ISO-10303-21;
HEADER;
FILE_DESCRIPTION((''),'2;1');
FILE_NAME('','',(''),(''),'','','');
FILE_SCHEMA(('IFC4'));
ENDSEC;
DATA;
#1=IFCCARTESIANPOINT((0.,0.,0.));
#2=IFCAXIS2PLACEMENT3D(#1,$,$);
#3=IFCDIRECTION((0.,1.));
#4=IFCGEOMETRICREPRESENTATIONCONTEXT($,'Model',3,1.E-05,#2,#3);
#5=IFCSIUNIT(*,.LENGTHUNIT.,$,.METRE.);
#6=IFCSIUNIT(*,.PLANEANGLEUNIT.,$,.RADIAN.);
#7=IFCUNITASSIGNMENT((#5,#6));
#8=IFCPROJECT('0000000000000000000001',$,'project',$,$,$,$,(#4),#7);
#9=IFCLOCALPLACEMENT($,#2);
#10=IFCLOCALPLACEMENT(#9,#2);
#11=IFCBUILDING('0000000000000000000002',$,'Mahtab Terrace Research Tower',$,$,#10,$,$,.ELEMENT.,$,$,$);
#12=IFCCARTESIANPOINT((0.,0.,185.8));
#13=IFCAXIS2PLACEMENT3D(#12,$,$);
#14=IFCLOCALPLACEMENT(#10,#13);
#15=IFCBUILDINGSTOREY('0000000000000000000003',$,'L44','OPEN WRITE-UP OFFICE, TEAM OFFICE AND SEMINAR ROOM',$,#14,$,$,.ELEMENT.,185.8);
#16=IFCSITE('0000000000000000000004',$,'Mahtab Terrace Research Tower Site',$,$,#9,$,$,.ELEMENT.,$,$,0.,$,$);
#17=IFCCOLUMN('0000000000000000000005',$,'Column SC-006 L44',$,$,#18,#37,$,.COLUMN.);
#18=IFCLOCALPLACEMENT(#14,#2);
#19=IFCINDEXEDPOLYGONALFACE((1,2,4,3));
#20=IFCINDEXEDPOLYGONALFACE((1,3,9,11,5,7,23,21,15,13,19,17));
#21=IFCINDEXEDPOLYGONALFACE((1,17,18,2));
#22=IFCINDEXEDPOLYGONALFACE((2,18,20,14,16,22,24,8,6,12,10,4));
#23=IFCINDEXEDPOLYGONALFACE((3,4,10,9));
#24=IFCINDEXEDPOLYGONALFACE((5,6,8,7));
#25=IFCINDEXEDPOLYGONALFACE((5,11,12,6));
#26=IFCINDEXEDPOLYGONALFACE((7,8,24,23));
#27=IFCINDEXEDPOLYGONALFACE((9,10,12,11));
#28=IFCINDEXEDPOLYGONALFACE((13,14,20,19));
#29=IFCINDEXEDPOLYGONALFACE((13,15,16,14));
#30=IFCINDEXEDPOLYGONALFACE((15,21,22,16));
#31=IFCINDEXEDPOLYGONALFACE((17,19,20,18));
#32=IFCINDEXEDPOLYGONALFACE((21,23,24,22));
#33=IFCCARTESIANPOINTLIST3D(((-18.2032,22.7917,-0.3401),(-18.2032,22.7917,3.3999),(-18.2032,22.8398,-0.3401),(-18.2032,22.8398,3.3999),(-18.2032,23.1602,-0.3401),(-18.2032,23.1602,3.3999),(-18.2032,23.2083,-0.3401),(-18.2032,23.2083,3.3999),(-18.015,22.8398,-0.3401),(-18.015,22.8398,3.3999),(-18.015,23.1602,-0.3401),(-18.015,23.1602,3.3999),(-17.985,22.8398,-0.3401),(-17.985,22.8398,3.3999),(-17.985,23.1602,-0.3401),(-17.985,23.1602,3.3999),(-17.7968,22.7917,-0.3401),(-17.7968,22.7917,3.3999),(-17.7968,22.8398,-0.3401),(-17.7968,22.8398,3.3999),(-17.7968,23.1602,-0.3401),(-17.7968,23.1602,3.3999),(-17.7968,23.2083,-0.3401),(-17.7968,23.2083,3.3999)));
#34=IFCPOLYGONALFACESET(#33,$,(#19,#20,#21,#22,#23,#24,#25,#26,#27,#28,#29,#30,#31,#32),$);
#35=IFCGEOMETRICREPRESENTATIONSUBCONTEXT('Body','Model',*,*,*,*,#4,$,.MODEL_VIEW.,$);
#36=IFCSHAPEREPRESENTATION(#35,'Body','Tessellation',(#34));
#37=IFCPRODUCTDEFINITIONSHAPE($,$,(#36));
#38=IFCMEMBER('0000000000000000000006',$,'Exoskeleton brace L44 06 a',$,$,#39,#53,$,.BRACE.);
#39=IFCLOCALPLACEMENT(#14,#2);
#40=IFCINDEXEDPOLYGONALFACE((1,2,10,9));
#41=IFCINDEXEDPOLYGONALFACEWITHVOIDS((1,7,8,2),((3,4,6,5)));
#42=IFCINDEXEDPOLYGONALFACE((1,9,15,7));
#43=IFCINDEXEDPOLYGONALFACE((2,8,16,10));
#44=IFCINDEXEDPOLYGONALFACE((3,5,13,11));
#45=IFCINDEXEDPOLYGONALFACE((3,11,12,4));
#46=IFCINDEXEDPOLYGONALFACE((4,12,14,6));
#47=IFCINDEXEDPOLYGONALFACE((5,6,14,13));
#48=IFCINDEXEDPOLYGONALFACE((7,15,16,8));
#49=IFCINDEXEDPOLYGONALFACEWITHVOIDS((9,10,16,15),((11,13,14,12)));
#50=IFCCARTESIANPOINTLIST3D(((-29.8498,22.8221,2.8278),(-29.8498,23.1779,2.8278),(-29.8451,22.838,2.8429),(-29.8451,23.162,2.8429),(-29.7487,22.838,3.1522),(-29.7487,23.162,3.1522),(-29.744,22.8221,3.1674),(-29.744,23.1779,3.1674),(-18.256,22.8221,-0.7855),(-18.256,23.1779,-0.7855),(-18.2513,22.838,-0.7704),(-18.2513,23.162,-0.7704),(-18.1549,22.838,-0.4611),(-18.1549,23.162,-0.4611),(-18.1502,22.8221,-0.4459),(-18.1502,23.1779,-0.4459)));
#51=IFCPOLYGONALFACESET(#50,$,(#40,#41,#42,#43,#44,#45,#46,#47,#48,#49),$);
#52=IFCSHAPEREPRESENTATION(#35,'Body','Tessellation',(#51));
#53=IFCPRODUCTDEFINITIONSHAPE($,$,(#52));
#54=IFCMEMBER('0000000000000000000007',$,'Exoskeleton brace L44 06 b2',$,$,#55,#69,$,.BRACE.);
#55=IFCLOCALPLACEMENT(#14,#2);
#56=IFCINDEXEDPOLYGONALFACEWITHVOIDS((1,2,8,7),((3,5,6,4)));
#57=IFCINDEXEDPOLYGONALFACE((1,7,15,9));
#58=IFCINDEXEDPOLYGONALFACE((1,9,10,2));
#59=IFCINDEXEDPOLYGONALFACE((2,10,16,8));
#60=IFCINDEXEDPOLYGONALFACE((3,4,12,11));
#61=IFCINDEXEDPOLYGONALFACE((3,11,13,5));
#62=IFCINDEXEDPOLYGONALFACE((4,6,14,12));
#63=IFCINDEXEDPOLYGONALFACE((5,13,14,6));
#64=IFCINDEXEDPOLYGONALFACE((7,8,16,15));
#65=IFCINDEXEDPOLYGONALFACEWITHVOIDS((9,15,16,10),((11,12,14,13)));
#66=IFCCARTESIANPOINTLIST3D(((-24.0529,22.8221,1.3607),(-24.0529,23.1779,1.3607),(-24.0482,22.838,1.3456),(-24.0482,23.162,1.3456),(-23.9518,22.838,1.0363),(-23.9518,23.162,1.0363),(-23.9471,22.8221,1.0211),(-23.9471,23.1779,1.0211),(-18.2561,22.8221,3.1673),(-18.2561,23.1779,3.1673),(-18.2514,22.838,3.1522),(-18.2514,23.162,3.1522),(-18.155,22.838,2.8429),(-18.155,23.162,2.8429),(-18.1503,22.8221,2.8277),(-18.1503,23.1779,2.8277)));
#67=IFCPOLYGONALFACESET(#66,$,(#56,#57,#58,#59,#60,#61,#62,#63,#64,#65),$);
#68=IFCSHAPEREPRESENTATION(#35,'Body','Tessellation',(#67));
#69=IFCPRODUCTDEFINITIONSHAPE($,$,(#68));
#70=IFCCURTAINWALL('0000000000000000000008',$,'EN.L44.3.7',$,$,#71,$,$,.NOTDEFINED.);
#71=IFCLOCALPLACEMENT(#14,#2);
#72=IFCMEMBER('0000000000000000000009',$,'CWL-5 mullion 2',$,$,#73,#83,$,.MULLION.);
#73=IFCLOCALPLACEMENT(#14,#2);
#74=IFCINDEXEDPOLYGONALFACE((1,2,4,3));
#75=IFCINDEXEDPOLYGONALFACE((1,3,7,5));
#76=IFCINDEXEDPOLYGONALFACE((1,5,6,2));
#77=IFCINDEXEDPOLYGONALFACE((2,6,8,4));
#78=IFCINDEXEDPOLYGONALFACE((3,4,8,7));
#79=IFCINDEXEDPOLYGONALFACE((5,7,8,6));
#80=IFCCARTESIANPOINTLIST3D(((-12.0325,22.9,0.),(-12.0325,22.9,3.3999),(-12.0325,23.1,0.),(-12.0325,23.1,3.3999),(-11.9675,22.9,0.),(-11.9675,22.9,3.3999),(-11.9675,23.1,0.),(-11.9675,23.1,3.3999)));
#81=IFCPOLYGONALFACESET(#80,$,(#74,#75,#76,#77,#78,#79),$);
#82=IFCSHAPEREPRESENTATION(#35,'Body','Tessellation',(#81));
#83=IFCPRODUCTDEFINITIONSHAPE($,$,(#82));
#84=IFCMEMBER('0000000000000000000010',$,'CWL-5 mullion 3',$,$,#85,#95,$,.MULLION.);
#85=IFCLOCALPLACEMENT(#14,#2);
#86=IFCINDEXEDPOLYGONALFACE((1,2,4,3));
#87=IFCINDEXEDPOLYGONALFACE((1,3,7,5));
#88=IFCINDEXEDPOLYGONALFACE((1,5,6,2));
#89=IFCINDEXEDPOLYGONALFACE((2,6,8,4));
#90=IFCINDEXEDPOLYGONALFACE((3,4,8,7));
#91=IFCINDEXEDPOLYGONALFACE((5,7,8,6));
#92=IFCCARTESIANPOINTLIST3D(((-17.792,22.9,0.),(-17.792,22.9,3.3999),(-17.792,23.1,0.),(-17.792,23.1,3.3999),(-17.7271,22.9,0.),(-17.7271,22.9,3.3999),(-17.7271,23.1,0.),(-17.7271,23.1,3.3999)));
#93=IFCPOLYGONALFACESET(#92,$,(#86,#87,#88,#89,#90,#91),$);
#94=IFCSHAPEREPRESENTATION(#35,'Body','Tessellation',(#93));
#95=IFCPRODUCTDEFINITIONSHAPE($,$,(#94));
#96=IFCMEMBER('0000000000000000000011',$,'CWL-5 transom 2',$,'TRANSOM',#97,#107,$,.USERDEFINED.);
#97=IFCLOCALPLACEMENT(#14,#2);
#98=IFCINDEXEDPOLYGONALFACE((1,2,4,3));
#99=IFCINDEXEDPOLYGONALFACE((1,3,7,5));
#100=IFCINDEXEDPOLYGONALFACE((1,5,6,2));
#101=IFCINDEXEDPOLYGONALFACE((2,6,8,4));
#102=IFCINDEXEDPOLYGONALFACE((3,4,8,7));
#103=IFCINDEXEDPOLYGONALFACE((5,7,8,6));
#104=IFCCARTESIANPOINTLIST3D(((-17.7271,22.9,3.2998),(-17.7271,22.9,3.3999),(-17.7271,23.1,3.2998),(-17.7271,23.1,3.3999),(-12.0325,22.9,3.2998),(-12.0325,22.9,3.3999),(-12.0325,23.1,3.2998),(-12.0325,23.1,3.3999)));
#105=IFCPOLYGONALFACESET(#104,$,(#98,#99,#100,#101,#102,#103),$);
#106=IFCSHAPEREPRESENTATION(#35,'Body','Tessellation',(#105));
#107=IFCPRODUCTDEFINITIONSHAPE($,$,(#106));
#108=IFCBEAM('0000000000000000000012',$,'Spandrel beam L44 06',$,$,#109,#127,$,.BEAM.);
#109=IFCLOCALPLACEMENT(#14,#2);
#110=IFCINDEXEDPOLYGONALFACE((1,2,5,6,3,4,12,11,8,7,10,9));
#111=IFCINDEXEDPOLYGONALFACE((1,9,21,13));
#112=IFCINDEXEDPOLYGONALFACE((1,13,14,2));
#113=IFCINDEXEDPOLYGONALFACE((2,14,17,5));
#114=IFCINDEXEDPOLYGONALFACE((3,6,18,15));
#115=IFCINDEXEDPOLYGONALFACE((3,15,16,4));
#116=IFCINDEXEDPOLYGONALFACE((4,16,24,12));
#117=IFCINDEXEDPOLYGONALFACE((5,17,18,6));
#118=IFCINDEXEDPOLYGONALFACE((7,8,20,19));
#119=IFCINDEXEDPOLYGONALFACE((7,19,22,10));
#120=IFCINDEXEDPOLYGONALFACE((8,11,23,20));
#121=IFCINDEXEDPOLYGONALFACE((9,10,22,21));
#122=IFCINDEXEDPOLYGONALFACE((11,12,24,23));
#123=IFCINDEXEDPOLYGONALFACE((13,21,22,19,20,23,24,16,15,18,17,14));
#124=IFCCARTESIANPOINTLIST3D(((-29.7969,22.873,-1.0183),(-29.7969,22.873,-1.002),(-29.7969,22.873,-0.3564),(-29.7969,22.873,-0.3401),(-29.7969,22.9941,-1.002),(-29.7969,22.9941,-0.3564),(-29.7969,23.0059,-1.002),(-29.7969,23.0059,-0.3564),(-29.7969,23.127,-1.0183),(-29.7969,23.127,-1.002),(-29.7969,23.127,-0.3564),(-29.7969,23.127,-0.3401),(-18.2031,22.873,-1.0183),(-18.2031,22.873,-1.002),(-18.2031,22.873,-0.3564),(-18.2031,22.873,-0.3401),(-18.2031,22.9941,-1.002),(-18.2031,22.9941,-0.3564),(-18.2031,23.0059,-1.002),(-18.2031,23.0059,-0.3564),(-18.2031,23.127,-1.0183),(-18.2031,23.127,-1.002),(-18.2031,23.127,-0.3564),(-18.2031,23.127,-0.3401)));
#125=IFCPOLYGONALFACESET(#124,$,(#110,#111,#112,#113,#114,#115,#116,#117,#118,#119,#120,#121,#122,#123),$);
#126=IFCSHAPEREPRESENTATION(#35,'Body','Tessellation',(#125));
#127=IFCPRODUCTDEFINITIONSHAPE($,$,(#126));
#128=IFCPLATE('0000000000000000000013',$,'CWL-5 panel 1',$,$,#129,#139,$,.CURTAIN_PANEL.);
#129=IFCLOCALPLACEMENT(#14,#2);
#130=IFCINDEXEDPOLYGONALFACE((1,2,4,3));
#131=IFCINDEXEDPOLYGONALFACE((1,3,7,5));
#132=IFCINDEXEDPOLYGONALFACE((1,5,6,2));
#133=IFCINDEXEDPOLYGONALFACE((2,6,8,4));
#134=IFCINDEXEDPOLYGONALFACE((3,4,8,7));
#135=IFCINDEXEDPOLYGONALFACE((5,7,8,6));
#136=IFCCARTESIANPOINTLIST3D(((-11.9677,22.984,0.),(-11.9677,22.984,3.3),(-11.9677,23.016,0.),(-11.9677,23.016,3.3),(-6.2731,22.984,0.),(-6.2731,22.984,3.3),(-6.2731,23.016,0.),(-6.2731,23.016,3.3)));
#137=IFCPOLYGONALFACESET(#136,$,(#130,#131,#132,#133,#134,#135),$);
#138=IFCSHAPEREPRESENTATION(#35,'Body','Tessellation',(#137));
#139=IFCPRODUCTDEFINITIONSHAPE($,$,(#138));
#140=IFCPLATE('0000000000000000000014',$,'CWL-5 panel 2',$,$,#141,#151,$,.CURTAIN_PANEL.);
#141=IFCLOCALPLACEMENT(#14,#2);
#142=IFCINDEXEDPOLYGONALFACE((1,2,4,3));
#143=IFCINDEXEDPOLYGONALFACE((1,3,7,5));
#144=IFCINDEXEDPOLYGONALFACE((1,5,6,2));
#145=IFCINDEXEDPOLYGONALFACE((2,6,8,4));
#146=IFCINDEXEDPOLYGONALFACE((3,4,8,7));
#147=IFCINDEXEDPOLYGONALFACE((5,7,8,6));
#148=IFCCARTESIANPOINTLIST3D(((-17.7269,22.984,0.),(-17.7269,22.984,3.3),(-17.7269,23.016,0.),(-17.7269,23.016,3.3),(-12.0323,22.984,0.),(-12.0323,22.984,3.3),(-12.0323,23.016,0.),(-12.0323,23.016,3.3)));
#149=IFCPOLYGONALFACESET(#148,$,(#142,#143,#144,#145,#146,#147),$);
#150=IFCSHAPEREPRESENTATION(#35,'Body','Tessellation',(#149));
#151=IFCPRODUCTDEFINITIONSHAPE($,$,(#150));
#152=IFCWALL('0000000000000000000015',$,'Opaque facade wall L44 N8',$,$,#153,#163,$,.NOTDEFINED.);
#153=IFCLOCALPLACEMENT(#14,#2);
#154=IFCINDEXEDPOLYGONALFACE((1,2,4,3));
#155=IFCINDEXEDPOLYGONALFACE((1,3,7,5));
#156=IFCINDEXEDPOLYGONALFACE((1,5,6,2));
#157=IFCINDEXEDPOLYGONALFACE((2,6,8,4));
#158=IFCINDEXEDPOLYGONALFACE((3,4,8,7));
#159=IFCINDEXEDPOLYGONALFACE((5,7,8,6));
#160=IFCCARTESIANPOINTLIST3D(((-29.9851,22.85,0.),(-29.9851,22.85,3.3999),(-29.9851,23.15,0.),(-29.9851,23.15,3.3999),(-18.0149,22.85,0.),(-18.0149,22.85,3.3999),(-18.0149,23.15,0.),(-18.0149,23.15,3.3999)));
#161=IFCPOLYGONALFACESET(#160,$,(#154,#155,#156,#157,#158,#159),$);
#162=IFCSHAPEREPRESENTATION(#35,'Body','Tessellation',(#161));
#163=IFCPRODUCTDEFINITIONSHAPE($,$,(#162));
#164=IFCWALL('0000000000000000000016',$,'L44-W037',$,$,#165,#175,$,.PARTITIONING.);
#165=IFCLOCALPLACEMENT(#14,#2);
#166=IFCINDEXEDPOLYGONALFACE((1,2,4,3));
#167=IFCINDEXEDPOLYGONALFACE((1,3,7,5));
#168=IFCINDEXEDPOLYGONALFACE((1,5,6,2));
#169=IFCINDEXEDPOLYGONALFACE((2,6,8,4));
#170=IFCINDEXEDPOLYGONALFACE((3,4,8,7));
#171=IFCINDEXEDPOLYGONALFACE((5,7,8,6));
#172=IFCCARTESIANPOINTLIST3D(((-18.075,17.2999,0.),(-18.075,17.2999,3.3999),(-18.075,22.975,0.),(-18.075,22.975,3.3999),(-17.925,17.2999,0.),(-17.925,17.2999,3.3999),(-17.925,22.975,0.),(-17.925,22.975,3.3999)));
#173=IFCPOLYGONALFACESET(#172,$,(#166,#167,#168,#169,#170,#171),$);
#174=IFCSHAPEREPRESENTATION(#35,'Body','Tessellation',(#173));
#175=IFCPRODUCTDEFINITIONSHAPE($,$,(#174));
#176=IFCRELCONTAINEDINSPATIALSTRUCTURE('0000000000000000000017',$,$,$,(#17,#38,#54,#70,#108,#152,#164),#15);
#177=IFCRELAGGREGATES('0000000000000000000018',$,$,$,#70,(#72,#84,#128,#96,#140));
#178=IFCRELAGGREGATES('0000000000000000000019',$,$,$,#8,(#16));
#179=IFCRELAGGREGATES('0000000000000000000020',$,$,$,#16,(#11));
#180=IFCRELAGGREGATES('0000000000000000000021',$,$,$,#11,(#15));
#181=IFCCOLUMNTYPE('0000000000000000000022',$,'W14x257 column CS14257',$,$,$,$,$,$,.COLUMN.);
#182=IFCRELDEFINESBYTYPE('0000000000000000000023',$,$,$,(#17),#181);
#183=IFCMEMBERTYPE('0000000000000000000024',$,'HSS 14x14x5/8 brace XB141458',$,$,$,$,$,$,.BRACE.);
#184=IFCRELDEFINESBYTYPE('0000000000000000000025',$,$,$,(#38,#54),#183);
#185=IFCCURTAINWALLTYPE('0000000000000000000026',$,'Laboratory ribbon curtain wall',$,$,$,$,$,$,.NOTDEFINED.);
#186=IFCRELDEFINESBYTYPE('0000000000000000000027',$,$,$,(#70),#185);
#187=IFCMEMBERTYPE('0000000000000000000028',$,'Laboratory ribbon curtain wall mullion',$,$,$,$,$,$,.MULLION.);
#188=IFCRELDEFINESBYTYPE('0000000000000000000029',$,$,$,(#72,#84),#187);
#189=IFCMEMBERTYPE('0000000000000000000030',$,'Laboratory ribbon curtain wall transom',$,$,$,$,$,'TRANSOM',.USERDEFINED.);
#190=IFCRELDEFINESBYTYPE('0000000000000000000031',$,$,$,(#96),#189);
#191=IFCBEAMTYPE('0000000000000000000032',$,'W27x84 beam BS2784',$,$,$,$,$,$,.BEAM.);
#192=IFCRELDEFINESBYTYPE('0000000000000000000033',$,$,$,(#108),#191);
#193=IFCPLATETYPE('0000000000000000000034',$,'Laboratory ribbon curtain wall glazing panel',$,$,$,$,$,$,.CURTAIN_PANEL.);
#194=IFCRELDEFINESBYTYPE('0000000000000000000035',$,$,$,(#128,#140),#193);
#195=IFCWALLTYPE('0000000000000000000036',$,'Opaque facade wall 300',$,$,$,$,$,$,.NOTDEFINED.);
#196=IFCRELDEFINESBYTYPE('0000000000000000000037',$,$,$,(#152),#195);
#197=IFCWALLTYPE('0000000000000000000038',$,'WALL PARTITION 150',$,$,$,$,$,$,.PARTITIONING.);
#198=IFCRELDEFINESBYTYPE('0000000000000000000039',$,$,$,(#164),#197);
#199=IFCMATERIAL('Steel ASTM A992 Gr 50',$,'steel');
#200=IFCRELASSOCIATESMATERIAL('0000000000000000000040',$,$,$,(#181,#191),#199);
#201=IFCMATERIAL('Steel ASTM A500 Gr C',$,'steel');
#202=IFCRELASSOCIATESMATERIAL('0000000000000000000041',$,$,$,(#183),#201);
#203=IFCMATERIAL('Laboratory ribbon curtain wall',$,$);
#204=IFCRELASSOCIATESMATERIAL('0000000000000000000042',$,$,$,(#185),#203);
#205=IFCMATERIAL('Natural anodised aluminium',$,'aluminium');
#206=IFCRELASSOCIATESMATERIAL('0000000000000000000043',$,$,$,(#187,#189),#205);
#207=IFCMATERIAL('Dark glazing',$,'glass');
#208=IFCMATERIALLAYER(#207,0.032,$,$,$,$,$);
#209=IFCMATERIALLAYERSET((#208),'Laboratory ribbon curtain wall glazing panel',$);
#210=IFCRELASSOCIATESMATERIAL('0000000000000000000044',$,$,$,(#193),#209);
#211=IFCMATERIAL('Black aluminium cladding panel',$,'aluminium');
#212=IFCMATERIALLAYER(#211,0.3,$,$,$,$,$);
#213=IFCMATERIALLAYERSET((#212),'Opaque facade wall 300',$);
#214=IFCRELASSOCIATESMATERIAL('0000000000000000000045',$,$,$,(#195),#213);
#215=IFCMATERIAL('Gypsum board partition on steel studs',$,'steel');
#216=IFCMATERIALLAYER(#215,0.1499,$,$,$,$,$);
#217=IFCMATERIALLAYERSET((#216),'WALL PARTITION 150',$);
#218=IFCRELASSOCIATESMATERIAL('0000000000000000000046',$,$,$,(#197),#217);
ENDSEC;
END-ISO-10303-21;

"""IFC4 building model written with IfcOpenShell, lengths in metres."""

from ifc_helpers import new_model, si_unit, direction, frame, frame_2d, origin, origin_2d, place, context, subcontext, project, spatial, rectangle, hollow_rectangle, i_section, extrude, material, layer, layer_set, material_profile, profile_set, type_object, element, aggregate, save


model = new_model("IFC4")

# Units and contexts
model_context = context("Model", 3, precision=1e-05, world=origin(), true_north=direction((0.0, 1.0)))
body_context = subcontext(model_context, "Body", "Model", "MODEL_VIEW")
ifc_project = project(units=[si_unit("LENGTHUNIT", "METRE"), si_unit("PLANEANGLEUNIT", "RADIAN")], contexts=[model_context])

# Site, building, storey
site_placement = place(None, origin())
site = spatial("IfcSite", under=ifc_project, at=site_placement, Name="Mahtab Terrace Research Tower Site", CompositionType="ELEMENT", RefElevation=0.0)
building_placement = place(site_placement, origin())
building = spatial("IfcBuilding", under=site, at=building_placement, Name="Mahtab Terrace Research Tower", CompositionType="ELEMENT")
storey_placement = place(building_placement, frame((0.0, 0.0, 185.8)))
storey = spatial("IfcBuildingStorey", under=building, at=storey_placement, Name="L44", Description="OPEN WRITE-UP OFFICE, TEAM OFFICE AND SEMINAR ROOM", CompositionType="ELEMENT", Elevation=185.8)

# Column
ifc_material_1 = material(Name="Steel ASTM A992 Gr 50", Category="steel")
ifc_material_profile_1 = material_profile(ifc_material_1, i_section(OverallWidth=0.4065, OverallDepth=0.4165, WebThickness=0.03, FlangeThickness=0.0481, at=origin_2d()), Name="W14X257")
ifc_profile_set_1 = profile_set([ifc_material_profile_1], Name="Steel ASTM A992 Gr 50")
column_type = type_object("IfcColumnType", Name="W14x257 column CS14257", PredefinedType="COLUMN", material=ifc_profile_set_1)
column_placement = place(storey_placement, frame((-18.0, 23.0, -0.3401), z_axis=(0.0, 0.0, 1.0), x_axis=(1.0, 0.0, 0.0)))
element("IfcColumn", 1, at=column_placement, inside=storey, type_object=column_type, Name="Column SC-006 L44", PredefinedType="COLUMN", context=body_context, shape_type="SweptSolid", body=[
    extrude(i_section(OverallWidth=0.4065, OverallDepth=0.4165, WebThickness=0.03, FlangeThickness=0.0481, at=origin_2d()), origin(), (0.0, 0.0, 1.0), 3.74),
])

# Members
ifc_material_2 = material(Name="Steel ASTM A500 Gr C", Category="steel")
ifc_material_profile_2 = material_profile(ifc_material_2, hollow_rectangle(XDim=0.3557, YDim=0.3557, WallThickness=0.0159, at=origin_2d()), Name="HSS14X14X5/8")
ifc_profile_set_2 = profile_set([ifc_material_profile_2], Name="Steel ASTM A500 Gr C")
member_type_1 = type_object("IfcMemberType", Name="HSS 14x14x5/8 brace XB141458", PredefinedType="BRACE", material=ifc_profile_set_2)
member_1_placement = place(storey_placement, frame((-18.2031, 23.0, -0.6157), z_axis=(-0.954709, 0.0, 0.297542), x_axis=(0.0, -1.0, 0.0)))
element("IfcMember", 2, at=member_1_placement, inside=storey, type_object=member_type_1, Name="Exoskeleton brace L44 06 a", PredefinedType="BRACE", context=body_context, shape_type="SweptSolid", body=[
    extrude(hollow_rectangle(XDim=0.3557, YDim=0.3557, WallThickness=0.0159, at=origin_2d()), origin(), (0.0, 0.0, 1.0), 12.1438),
])
member_2_placement = place(storey_placement, frame((-24.0, 23.0, 1.1909), z_axis=(0.954709, 0.0, 0.297542), x_axis=(0.0, 1.0, 0.0)))
element("IfcMember", 3, at=member_2_placement, inside=storey, type_object=member_type_1, Name="Exoskeleton brace L44 06 b2", PredefinedType="BRACE", context=body_context, shape_type="SweptSolid", body=[
    extrude(hollow_rectangle(XDim=0.3557, YDim=0.3557, WallThickness=0.0159, at=origin_2d()), origin(), (0.0, 0.0, 1.0), 6.0718),
])

# Curtain wall, members
ifc_material_3 = material(Name="Laboratory ribbon curtain wall")
curtain_wall_type = type_object("IfcCurtainWallType", Name="Laboratory ribbon curtain wall", PredefinedType="NOTDEFINED", material=ifc_material_3)
curtain_wall_placement = place(storey_placement, origin())
curtain_wall = element("IfcCurtainWall", 4, at=curtain_wall_placement, inside=storey, type_object=curtain_wall_type, Name="EN.L44.3.7", PredefinedType="NOTDEFINED")
ifc_material_4 = material(Name="Natural anodised aluminium", Category="aluminium")
ifc_material_profile_3 = material_profile(ifc_material_4, rectangle(XDim=0.2, YDim=0.0649, at=origin_2d()), Name="MULLION 65x200")
ifc_profile_set_3 = profile_set([ifc_material_profile_3], Name="Natural anodised aluminium")
member_type_2 = type_object("IfcMemberType", Name="Laboratory ribbon curtain wall mullion", PredefinedType="MULLION", material=ifc_profile_set_3)
member_3_placement = place(storey_placement, frame((-12.0, 23.0, 0.0), z_axis=(0.0, 0.0, 1.0), x_axis=(0.0, -1.0, 0.0)))
member_3 = element("IfcMember", 5, at=member_3_placement, type_object=member_type_2, Name="CWL-5 mullion 2", PredefinedType="MULLION", context=body_context, shape_type="SweptSolid", body=[
    extrude(rectangle(XDim=0.2, YDim=0.0649, at=origin_2d()), origin(), (0.0, 0.0, 1.0), 3.3999),
])
member_4_placement = place(storey_placement, frame((-17.7595, 23.0, 0.0), z_axis=(0.0, 0.0, 1.0), x_axis=(0.0, -1.0, 0.0)))
member_4 = element("IfcMember", 6, at=member_4_placement, type_object=member_type_2, Name="CWL-5 mullion 3", PredefinedType="MULLION", context=body_context, shape_type="SweptSolid", body=[
    extrude(rectangle(XDim=0.2, YDim=0.0649, at=origin_2d()), origin(), (0.0, 0.0, 1.0), 3.3999),
])
ifc_material_profile_4 = material_profile(ifc_material_4, rectangle(XDim=0.2, YDim=0.1001, at=origin_2d()), Name="TRANSOM 100x200")
ifc_profile_set_4 = profile_set([ifc_material_profile_4], Name="Natural anodised aluminium")
member_type_3 = type_object("IfcMemberType", Name="Laboratory ribbon curtain wall transom", ElementType="TRANSOM", PredefinedType="USERDEFINED", material=ifc_profile_set_4)
member_5_placement = place(storey_placement, frame((-12.0325, 23.0, 3.3499), z_axis=(-1.0, 0.0, 0.0), x_axis=(0.0, -1.0, 0.0)))
member_5 = element("IfcMember", 7, at=member_5_placement, type_object=member_type_3, Name="CWL-5 transom 2", ObjectType="TRANSOM", PredefinedType="USERDEFINED", context=body_context, shape_type="SweptSolid", body=[
    extrude(rectangle(XDim=0.2, YDim=0.1001, at=origin_2d()), origin(), (0.0, 0.0, 1.0), 5.6946),
])

# Beam
ifc_material_profile_5 = material_profile(ifc_material_1, i_section(OverallWidth=0.2539, OverallDepth=0.6782, WebThickness=0.0117, FlangeThickness=0.0164, at=origin_2d()), Name="W27X84")
ifc_profile_set_5 = profile_set([ifc_material_profile_5], Name="Steel ASTM A992 Gr 50")
beam_type = type_object("IfcBeamType", Name="W27x84 beam BS2784", PredefinedType="BEAM", material=ifc_profile_set_5)
beam_placement = place(storey_placement, frame((-18.2031, 23.0, -0.6792), z_axis=(-1.0, 0.0, 0.0), x_axis=(0.0, -1.0, 0.0)))
element("IfcBeam", 8, at=beam_placement, inside=storey, type_object=beam_type, Name="Spandrel beam L44 06", PredefinedType="BEAM", context=body_context, shape_type="SweptSolid", body=[
    extrude(i_section(OverallWidth=0.2539, OverallDepth=0.6782, WebThickness=0.0117, FlangeThickness=0.0164, at=origin_2d()), origin(), (0.0, 0.0, 1.0), 11.5938),
])

# Plates
ifc_material_5 = material(Name="Dark glazing", Category="glass")
ifc_layer_1 = layer(ifc_material_5, 0.032)
ifc_layer_set_1 = layer_set([ifc_layer_1], Name="Laboratory ribbon curtain wall glazing panel")
plate_type = type_object("IfcPlateType", Name="Laboratory ribbon curtain wall glazing panel", PredefinedType="CURTAIN_PANEL", material=ifc_layer_set_1)
plate_1_placement = place(storey_placement, frame((-9.1204, 23.0, 0.0), z_axis=(0.0, 0.0, 1.0), x_axis=(-1.0, 0.0, 0.0)))
plate_1 = element("IfcPlate", 9, at=plate_1_placement, type_object=plate_type, Name="CWL-5 panel 1", PredefinedType="CURTAIN_PANEL", context=body_context, shape_type="SweptSolid", body=[
    extrude(rectangle(XDim=5.6946, YDim=0.032, at=origin_2d()), origin(), (0.0, 0.0, 1.0), 3.3),
])
plate_2_placement = place(storey_placement, frame((-14.8796, 23.0, 0.0), z_axis=(0.0, 0.0, 1.0), x_axis=(-1.0, 0.0, 0.0)))
plate_2 = element("IfcPlate", 10, at=plate_2_placement, type_object=plate_type, Name="CWL-5 panel 2", PredefinedType="CURTAIN_PANEL", context=body_context, shape_type="SweptSolid", body=[
    extrude(rectangle(XDim=5.6946, YDim=0.032, at=origin_2d()), origin(), (0.0, 0.0, 1.0), 3.3),
])
aggregate(curtain_wall, [member_3, member_4, plate_1, member_5, plate_2])

# Walls
ifc_material_6 = material(Name="Black aluminium cladding panel", Category="aluminium")
ifc_layer_2 = layer(ifc_material_6, 0.3)
ifc_layer_set_2 = layer_set([ifc_layer_2], Name="Opaque facade wall 300")
wall_type_1 = type_object("IfcWallType", Name="Opaque facade wall 300", PredefinedType="NOTDEFINED", material=ifc_layer_set_2)
wall_1_placement = place(storey_placement, frame((-18.0149, 23.0, 0.0), z_axis=(0.0, 0.0, 1.0), x_axis=(-1.0, 0.0, 0.0)))
element("IfcWall", 11, at=wall_1_placement, inside=storey, type_object=wall_type_1, Name="Opaque facade wall L44 N8", PredefinedType="NOTDEFINED", context=body_context, shape_type="SweptSolid", body=[
    extrude(rectangle(XDim=11.9702, YDim=0.3, at=frame_2d((5.9851, 0.0))), origin(), (0.0, 0.0, 1.0), 3.3999),
])
ifc_material_7 = material(Name="Gypsum board partition on steel studs", Category="steel")
ifc_layer_3 = layer(ifc_material_7, 0.1499)
ifc_layer_set_3 = layer_set([ifc_layer_3], Name="WALL PARTITION 150")
wall_type_2 = type_object("IfcWallType", Name="WALL PARTITION 150", PredefinedType="PARTITIONING", material=ifc_layer_set_3)
wall_2_placement = place(storey_placement, frame((-18.0, 17.3, 0.0), z_axis=(0.0, 0.0, 1.0), x_axis=(0.0, 1.0, 0.0)))
element("IfcWall", 12, at=wall_2_placement, inside=storey, type_object=wall_type_2, Name="L44-W037", PredefinedType="PARTITIONING", context=body_context, shape_type="SweptSolid", body=[
    extrude(rectangle(XDim=5.675, YDim=0.1499, at=frame_2d((2.8374, 0.0))), origin(), (0.0, 0.0, 1.0), 3.3999),
])

save(model, "model.ifc")
